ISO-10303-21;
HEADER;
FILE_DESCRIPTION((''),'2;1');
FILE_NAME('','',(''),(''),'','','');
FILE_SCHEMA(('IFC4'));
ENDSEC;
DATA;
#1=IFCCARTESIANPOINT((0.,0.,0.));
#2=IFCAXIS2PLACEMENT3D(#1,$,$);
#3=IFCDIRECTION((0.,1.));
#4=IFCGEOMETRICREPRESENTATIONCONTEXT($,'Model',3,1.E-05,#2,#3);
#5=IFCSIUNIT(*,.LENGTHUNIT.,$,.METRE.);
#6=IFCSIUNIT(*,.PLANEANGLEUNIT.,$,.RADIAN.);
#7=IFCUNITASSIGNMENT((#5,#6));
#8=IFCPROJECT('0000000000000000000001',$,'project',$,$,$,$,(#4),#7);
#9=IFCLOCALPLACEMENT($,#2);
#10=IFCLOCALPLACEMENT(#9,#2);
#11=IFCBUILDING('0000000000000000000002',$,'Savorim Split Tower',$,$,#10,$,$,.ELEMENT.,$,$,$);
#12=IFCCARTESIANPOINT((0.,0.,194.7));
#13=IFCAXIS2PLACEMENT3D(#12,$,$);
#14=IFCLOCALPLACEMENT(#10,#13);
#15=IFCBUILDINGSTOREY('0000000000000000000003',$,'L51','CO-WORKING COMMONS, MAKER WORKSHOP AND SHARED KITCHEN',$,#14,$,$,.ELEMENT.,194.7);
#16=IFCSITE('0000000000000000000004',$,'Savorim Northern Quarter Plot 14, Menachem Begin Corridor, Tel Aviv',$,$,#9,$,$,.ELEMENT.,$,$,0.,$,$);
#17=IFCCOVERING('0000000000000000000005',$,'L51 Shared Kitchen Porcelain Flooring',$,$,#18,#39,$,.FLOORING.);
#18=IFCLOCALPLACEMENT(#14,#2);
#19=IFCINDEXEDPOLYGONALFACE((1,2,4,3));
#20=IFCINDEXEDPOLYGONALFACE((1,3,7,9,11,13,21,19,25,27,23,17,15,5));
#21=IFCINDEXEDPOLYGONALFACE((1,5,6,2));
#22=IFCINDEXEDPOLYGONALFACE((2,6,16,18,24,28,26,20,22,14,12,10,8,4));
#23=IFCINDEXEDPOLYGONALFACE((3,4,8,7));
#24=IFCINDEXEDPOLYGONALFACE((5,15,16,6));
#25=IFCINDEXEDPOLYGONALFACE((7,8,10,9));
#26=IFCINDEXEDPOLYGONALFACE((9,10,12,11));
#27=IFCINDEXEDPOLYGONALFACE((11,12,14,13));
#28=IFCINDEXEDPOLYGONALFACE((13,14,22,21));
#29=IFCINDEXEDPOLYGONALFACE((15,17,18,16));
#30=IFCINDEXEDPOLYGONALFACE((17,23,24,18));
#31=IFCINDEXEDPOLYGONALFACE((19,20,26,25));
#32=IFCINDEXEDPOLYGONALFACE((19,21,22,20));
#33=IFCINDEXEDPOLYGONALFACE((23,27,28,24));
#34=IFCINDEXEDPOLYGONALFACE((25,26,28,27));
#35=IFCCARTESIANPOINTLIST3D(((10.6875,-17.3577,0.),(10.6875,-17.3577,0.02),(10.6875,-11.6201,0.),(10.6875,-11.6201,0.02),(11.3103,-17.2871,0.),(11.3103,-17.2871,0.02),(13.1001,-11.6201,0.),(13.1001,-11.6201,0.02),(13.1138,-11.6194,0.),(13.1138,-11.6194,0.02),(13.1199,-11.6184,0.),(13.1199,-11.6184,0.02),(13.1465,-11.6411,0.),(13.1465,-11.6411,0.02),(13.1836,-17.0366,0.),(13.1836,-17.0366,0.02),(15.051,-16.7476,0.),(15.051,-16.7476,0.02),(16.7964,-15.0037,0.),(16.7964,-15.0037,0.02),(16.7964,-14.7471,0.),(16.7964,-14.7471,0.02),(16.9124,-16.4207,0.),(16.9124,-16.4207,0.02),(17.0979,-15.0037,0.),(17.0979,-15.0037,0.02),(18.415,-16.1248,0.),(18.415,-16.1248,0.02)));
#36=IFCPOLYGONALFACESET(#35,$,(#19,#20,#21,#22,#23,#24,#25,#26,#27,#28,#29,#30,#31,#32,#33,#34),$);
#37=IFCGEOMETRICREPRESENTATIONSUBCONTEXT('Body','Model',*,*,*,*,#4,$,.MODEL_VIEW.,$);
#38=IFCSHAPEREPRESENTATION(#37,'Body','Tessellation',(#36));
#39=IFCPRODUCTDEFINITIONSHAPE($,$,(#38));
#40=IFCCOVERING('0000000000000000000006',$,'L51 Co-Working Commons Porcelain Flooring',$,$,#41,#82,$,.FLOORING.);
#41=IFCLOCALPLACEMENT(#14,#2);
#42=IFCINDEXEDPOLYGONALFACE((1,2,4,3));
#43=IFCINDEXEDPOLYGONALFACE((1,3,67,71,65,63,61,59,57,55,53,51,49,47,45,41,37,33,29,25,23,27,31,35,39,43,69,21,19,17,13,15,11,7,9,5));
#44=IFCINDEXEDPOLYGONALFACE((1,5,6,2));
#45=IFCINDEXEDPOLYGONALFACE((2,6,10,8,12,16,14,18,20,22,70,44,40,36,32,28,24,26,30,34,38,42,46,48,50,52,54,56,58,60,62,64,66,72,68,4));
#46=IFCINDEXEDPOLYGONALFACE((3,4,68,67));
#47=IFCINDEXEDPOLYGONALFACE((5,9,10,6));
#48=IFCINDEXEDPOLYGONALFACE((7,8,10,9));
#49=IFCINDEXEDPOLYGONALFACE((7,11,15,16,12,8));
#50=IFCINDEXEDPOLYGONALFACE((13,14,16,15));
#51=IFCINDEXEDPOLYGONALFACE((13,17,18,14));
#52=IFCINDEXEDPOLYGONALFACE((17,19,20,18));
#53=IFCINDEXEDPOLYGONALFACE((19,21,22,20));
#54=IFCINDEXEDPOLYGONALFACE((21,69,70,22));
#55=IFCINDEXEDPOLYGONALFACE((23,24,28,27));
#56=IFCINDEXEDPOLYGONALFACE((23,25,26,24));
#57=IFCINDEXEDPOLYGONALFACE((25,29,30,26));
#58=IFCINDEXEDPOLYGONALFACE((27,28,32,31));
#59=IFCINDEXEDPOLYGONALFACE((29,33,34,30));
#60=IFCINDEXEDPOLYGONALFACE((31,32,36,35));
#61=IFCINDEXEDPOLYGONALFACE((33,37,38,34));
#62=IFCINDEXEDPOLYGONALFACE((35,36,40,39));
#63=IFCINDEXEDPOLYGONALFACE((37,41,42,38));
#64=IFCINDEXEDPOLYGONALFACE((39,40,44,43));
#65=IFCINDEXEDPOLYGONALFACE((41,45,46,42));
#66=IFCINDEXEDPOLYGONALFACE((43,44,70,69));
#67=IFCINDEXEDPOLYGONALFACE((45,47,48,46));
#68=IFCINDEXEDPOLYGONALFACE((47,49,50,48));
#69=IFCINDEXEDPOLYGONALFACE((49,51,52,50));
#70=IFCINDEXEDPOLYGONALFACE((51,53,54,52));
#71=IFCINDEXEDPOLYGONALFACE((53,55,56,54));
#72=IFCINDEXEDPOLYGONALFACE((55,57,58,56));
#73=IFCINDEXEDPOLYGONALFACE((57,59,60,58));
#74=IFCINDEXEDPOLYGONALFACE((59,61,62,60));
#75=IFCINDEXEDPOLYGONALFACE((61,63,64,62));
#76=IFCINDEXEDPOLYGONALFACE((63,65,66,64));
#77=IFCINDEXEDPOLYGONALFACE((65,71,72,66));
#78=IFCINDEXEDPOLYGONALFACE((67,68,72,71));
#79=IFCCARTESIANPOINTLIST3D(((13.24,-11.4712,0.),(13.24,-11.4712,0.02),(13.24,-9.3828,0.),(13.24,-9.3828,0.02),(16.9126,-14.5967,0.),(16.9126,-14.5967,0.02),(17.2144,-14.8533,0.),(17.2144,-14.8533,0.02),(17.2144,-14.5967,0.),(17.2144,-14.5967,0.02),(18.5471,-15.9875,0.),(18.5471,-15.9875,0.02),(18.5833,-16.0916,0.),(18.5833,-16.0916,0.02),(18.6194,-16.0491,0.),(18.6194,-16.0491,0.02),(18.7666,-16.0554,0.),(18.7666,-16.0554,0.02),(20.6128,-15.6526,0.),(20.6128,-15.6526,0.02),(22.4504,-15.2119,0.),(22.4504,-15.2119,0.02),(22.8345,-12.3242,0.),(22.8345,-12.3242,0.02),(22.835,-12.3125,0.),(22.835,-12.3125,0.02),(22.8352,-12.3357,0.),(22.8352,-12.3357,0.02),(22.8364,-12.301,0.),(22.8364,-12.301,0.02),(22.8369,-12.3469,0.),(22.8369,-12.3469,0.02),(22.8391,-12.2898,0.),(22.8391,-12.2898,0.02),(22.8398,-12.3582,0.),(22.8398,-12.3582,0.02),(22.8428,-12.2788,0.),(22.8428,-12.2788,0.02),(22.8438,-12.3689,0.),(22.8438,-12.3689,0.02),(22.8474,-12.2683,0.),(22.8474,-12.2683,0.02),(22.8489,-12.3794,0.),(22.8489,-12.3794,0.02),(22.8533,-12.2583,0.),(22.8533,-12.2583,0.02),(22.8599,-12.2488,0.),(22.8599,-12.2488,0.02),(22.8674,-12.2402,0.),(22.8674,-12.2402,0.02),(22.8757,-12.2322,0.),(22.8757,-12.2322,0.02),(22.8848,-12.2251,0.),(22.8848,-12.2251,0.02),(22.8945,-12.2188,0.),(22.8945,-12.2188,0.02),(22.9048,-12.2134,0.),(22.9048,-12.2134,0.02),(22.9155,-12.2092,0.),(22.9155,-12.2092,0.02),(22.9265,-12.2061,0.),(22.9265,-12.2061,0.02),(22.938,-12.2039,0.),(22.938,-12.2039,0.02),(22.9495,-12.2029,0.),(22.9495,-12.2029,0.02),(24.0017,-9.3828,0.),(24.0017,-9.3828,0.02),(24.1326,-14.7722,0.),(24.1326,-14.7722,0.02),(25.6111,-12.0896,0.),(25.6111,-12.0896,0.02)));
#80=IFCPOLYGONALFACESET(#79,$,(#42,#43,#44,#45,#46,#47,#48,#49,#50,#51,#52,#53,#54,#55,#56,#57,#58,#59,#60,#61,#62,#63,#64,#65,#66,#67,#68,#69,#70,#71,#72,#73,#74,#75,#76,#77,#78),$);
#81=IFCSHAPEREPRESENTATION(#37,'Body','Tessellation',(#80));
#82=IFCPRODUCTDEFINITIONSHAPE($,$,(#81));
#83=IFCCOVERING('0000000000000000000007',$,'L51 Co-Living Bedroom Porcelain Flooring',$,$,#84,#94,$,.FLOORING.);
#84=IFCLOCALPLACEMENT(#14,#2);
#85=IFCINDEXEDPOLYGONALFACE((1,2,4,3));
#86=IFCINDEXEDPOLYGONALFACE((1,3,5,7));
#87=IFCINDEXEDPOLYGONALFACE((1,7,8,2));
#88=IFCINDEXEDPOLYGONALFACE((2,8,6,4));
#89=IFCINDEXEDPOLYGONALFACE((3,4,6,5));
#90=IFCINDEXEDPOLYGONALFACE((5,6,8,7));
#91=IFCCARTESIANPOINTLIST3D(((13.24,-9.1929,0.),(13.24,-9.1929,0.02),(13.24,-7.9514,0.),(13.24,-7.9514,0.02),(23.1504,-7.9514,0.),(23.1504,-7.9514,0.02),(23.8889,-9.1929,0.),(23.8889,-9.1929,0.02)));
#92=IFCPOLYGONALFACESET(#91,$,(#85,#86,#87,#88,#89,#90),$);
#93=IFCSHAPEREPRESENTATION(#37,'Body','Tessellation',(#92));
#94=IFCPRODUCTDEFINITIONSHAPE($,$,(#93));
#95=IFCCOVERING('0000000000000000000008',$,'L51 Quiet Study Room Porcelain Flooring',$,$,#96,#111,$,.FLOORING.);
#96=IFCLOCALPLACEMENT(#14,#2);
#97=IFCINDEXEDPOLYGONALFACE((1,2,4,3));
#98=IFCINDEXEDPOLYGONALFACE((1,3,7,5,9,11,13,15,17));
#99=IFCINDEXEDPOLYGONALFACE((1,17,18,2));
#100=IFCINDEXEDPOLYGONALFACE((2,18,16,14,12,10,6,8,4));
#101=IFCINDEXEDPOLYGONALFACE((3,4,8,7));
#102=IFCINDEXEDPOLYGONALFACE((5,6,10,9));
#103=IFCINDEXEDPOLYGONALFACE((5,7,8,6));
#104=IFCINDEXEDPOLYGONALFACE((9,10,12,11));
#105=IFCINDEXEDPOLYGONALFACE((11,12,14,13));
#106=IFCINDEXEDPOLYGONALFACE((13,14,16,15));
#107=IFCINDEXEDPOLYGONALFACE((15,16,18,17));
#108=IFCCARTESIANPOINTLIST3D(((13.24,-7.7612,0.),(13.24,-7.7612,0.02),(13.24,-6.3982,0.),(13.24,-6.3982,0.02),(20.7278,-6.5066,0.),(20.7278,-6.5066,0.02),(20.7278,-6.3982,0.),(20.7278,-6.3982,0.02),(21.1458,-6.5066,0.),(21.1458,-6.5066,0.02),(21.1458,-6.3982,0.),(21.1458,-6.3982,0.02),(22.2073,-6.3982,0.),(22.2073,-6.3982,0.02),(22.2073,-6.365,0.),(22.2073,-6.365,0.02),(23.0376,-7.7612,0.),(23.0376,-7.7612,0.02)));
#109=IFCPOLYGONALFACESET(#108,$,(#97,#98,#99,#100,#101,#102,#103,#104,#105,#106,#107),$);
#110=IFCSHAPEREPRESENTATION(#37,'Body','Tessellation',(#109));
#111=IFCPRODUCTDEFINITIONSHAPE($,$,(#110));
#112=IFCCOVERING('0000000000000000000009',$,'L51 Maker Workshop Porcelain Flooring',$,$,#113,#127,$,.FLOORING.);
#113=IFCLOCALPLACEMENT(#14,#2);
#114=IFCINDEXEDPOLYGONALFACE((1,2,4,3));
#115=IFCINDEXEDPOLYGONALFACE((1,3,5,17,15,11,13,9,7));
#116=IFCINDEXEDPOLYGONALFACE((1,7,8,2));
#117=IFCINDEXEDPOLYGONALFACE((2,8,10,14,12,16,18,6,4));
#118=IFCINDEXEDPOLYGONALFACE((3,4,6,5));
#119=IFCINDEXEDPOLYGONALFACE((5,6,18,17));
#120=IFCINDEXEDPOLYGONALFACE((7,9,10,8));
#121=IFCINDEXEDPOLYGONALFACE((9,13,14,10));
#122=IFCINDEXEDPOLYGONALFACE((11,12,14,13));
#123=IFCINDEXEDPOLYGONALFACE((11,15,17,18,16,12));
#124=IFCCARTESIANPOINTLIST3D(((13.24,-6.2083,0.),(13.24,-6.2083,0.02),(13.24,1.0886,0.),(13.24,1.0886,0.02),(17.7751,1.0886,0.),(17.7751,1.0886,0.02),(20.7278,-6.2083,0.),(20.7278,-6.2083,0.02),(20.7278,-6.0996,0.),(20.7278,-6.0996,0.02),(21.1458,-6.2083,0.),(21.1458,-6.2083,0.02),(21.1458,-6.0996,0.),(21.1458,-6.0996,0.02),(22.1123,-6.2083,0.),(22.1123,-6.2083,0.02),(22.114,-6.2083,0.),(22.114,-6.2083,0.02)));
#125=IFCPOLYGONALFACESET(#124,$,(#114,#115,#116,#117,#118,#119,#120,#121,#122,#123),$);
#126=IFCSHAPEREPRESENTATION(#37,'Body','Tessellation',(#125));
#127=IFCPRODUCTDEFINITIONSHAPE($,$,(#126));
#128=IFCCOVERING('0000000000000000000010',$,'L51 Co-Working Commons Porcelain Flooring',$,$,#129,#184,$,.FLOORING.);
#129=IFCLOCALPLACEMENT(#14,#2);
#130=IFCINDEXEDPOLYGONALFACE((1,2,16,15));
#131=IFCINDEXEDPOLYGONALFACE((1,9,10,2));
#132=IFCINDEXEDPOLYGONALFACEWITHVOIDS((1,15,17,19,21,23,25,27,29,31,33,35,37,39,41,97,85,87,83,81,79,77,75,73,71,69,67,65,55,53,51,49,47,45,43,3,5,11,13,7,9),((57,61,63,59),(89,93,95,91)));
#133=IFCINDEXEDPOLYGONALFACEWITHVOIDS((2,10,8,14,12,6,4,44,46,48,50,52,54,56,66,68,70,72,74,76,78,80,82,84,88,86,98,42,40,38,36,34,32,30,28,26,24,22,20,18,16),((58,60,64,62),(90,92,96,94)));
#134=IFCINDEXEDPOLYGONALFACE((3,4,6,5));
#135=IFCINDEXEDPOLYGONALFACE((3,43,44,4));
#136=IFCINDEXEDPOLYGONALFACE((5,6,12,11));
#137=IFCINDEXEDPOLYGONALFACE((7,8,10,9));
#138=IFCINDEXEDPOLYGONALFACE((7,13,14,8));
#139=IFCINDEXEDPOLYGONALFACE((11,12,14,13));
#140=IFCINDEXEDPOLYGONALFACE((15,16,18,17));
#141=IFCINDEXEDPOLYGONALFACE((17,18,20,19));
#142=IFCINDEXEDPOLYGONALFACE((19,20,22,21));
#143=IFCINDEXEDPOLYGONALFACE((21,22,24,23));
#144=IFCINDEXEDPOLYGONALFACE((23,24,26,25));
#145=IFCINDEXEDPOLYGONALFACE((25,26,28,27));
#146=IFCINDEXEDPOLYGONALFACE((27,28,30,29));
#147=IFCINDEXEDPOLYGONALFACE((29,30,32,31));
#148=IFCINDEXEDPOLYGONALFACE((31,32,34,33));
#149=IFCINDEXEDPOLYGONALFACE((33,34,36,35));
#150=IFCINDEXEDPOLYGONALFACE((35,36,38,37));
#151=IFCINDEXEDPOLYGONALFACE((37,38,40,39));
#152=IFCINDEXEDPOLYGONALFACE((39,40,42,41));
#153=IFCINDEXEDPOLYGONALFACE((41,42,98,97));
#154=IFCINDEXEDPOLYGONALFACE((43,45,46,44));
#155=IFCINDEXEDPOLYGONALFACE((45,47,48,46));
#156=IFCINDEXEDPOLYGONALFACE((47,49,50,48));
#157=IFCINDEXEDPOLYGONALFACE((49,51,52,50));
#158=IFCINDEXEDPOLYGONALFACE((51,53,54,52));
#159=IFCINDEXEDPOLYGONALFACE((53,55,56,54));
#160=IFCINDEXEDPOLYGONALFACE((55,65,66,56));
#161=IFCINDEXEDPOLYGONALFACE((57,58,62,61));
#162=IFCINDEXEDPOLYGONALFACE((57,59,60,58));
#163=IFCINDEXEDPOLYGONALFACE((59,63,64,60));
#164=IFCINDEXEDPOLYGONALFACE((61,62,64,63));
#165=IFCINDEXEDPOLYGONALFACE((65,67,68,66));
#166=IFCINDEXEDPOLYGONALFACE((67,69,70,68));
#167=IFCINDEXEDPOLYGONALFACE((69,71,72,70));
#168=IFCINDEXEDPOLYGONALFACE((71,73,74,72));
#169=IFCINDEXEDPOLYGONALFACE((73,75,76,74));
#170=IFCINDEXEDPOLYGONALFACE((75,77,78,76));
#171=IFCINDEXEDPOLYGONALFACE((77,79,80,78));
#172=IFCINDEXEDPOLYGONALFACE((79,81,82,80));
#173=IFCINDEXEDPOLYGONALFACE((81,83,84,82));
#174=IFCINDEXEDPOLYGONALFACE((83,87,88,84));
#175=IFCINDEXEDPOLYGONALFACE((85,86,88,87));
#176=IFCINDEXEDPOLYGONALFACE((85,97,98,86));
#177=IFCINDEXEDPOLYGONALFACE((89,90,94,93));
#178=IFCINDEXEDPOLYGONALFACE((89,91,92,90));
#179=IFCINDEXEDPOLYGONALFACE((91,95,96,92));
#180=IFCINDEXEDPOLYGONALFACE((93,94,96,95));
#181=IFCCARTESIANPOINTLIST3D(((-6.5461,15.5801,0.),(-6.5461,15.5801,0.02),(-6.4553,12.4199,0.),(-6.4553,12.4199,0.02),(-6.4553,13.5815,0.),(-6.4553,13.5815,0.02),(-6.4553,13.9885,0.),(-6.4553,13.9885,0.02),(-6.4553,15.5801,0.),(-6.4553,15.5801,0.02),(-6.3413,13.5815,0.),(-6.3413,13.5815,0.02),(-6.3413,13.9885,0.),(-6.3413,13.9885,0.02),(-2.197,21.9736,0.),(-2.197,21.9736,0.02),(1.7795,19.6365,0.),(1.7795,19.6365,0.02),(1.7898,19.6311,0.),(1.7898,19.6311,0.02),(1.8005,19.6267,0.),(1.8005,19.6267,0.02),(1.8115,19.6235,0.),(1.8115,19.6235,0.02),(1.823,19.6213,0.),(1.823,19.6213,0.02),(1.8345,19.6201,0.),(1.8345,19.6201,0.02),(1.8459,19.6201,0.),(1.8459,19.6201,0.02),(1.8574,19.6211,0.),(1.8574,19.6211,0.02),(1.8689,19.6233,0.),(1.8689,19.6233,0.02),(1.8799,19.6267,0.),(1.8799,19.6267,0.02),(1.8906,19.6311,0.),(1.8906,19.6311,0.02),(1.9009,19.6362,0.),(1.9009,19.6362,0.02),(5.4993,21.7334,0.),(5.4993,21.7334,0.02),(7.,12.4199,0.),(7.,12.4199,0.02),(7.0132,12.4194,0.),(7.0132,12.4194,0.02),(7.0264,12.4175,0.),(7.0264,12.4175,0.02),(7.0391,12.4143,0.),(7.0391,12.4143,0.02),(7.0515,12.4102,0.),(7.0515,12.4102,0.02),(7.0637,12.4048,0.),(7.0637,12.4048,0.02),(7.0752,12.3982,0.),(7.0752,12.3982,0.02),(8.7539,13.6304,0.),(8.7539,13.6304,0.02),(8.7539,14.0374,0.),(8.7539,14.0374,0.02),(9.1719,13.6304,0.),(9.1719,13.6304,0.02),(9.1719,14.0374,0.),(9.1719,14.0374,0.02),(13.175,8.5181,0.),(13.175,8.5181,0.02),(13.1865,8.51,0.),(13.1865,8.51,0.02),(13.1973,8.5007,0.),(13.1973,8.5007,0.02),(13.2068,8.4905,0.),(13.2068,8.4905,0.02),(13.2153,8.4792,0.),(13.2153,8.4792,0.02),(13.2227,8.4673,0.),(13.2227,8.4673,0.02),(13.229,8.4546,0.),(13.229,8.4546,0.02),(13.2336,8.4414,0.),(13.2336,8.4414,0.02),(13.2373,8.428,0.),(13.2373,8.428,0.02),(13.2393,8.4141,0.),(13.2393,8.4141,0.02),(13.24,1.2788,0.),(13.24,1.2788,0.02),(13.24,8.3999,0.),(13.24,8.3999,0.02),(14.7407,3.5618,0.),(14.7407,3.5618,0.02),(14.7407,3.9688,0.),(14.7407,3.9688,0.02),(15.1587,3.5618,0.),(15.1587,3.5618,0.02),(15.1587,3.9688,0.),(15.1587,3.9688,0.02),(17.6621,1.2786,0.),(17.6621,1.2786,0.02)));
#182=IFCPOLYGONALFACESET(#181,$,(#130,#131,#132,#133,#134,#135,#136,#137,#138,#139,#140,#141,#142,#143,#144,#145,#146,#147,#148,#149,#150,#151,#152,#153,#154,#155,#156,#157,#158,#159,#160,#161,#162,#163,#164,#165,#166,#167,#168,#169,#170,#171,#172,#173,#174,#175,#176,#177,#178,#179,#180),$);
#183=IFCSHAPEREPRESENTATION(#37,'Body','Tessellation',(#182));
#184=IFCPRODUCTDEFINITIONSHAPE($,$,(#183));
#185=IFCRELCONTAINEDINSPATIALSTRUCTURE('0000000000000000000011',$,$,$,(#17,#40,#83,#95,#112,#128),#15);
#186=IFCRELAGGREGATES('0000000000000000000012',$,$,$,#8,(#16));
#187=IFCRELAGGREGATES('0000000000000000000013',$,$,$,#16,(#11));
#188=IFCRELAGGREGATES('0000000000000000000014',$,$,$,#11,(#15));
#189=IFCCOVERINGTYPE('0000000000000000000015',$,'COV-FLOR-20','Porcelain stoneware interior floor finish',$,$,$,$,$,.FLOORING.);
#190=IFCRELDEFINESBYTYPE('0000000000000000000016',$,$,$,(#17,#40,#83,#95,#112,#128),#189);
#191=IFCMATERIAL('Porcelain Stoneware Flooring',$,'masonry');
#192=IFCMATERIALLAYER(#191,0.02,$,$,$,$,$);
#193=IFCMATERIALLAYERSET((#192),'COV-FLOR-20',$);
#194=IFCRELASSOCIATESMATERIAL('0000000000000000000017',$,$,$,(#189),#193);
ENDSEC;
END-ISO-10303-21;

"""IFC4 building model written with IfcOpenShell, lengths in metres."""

from ifc_helpers import new_model, si_unit, direction, frame, origin, place, context, subcontext, project, spatial, polyline, outline, extrude, material, layer, layer_set, type_object, element, save


model = new_model("IFC4")

# Units and contexts
model_context = context("Model", 3, precision=1e-05, world=origin(), true_north=direction((0.0, 1.0)))
body_context = subcontext(model_context, "Body", "Model", "MODEL_VIEW")
ifc_project = project(units=[si_unit("LENGTHUNIT", "METRE"), si_unit("PLANEANGLEUNIT", "RADIAN")], contexts=[model_context])

# Site, building, storey
site_placement = place(None, origin())
site = spatial("IfcSite", under=ifc_project, at=site_placement, Name="Savorim Northern Quarter Plot 14, Menachem Begin Corridor, Tel Aviv", CompositionType="ELEMENT", RefElevation=0.0)
building_placement = place(site_placement, origin())
building = spatial("IfcBuilding", under=site, at=building_placement, Name="Savorim Split Tower", CompositionType="ELEMENT")
storey_placement = place(building_placement, frame((0.0, 0.0, 194.7)))
storey = spatial("IfcBuildingStorey", under=building, at=storey_placement, Name="L51", Description="CO-WORKING COMMONS, MAKER WORKSHOP AND SHARED KITCHEN", CompositionType="ELEMENT", Elevation=194.7)

# Coverings
ifc_material_1 = material(Name="Porcelain Stoneware Flooring", Category="masonry")
ifc_layer_1 = layer(ifc_material_1, 0.02)
ifc_layer_set_1 = layer_set([ifc_layer_1], Name="COV-FLOR-20")
covering_type_1 = type_object("IfcCoveringType", Name="COV-FLOR-20", Description="Porcelain stoneware interior floor finish", PredefinedType="FLOORING", material=ifc_layer_set_1)
covering_1_placement = place(storey_placement, origin())
element("IfcCovering", 1, at=covering_1_placement, inside=storey, type_object=covering_type_1, Name="L51 Shared Kitchen Porcelain Flooring", PredefinedType="FLOORING", context=body_context, shape_type="SweptSolid", body=[
    extrude(outline(polyline([(11.3103, -17.2871), (13.1836, -17.0366), (15.051, -16.7476), (16.9124, -16.4207), (18.415, -16.1248), (17.0979, -15.0037), (16.7964, -15.0037), (16.7964, -14.7471), (13.1465, -11.6411), (13.1199, -11.6184), (13.1138, -11.6194), (13.1001, -11.6201), (10.6875, -11.6201), (10.6875, -17.3577), (11.3103, -17.2871)])), origin(), (0.0, 0.0, 1.0), 0.02),
])
covering_2_placement = place(storey_placement, origin())
element("IfcCovering", 2, at=covering_2_placement, inside=storey, type_object=covering_type_1, Name="L51 Co-Working Commons Porcelain Flooring", PredefinedType="FLOORING", context=body_context, shape_type="SweptSolid", body=[
    extrude(outline(polyline([(22.9265, -12.2061), (22.938, -12.2039), (22.9495, -12.2029), (25.6111, -12.0896), (24.0017, -9.3828), (13.24, -9.3828), (13.24, -11.4712), (16.9126, -14.5967), (17.2144, -14.5967), (17.2144, -14.8533), (18.5471, -15.9875), (18.6194, -16.0491), (18.5833, -16.0916), (18.7666, -16.0554), (20.6128, -15.6526), (22.4504, -15.2119), (24.1326, -14.7722), (22.8489, -12.3794), (22.8438, -12.3689), (22.8398, -12.3582), (22.8369, -12.3469), (22.8352, -12.3357), (22.8345, -12.3242), (22.835, -12.3125), (22.8364, -12.301), (22.8391, -12.2898), (22.8428, -12.2788), (22.8474, -12.2683), (22.8533, -12.2583), (22.8599, -12.2488), (22.8674, -12.2402), (22.8757, -12.2322), (22.8848, -12.2251), (22.8945, -12.2188), (22.9048, -12.2134), (22.9155, -12.2092), (22.9265, -12.2061)])), origin(), (0.0, 0.0, 1.0), 0.02),
])
covering_3_placement = place(storey_placement, origin())
element("IfcCovering", 3, at=covering_3_placement, inside=storey, type_object=covering_type_1, Name="L51 Co-Living Bedroom Porcelain Flooring", PredefinedType="FLOORING", context=body_context, shape_type="SweptSolid", body=[
    extrude(outline(polyline([(23.8889, -9.1929), (23.1504, -7.9514), (13.24, -7.9514), (13.24, -9.1929), (23.8889, -9.1929)])), origin(), (0.0, 0.0, 1.0), 0.02),
])
covering_4_placement = place(storey_placement, origin())
element("IfcCovering", 4, at=covering_4_placement, inside=storey, type_object=covering_type_1, Name="L51 Quiet Study Room Porcelain Flooring", PredefinedType="FLOORING", context=body_context, shape_type="SweptSolid", body=[
    extrude(outline(polyline([(20.7278, -6.5066), (20.7278, -6.3982), (13.24, -6.3982), (13.24, -7.7612), (23.0376, -7.7612), (22.2073, -6.365), (22.2073, -6.3982), (21.1458, -6.3982), (21.1458, -6.5066), (20.7278, -6.5066)])), origin(), (0.0, 0.0, 1.0), 0.02),
])
covering_5_placement = place(storey_placement, origin())
element("IfcCovering", 5, at=covering_5_placement, inside=storey, type_object=covering_type_1, Name="L51 Maker Workshop Porcelain Flooring", PredefinedType="FLOORING", context=body_context, shape_type="SweptSolid", body=[
    extrude(outline(polyline([(21.1458, -6.2083), (22.1123, -6.2083), (22.114, -6.2083), (17.7751, 1.0886), (13.24, 1.0886), (13.24, -6.2083), (20.7278, -6.2083), (20.7278, -6.0996), (21.1458, -6.0996), (21.1458, -6.2083)])), origin(), (0.0, 0.0, 1.0), 0.02),
])
covering_6_placement = place(storey_placement, origin())
element("IfcCovering", 6, at=covering_6_placement, inside=storey, type_object=covering_type_1, Name="L51 Co-Working Commons Porcelain Flooring", PredefinedType="FLOORING", context=body_context, shape_type="SweptSolid", body=[
    extrude(outline(polyline([(1.8005, 19.6267), (1.7898, 19.6311), (1.7795, 19.6365), (-2.197, 21.9736), (-6.5461, 15.5801), (-6.4553, 15.5801), (-6.4553, 13.9885), (-6.3413, 13.9885), (-6.3413, 13.5815), (-6.4553, 13.5815), (-6.4553, 12.4199), (7.0, 12.4199), (7.0132, 12.4194), (7.0264, 12.4175), (7.0391, 12.4143), (7.0515, 12.4102), (7.0637, 12.4048), (7.0752, 12.3982), (13.175, 8.5181), (13.1865, 8.51), (13.1973, 8.5007), (13.2068, 8.4905), (13.2153, 8.4792), (13.2227, 8.4673), (13.229, 8.4546), (13.2336, 8.4414), (13.2373, 8.428), (13.2393, 8.4141), (13.24, 8.3999), (13.24, 1.2788), (17.6621, 1.2786), (5.4993, 21.7334), (1.9009, 19.6362), (1.8906, 19.6311), (1.8799, 19.6267), (1.8689, 19.6233), (1.8574, 19.6211), (1.8459, 19.6201), (1.8345, 19.6201), (1.823, 19.6213), (1.8115, 19.6235), (1.8005, 19.6267)]), holes=[polyline([(15.1587, 3.5618), (15.1587, 3.9688), (14.7407, 3.9688), (14.7407, 3.5618), (15.1587, 3.5618)]), polyline([(9.1719, 14.0374), (8.7539, 14.0374), (8.7539, 13.6304), (9.1719, 13.6304), (9.1719, 14.0374)])]), origin(), (0.0, 0.0, 1.0), 0.02),
])

save(model, "model.ifc")
